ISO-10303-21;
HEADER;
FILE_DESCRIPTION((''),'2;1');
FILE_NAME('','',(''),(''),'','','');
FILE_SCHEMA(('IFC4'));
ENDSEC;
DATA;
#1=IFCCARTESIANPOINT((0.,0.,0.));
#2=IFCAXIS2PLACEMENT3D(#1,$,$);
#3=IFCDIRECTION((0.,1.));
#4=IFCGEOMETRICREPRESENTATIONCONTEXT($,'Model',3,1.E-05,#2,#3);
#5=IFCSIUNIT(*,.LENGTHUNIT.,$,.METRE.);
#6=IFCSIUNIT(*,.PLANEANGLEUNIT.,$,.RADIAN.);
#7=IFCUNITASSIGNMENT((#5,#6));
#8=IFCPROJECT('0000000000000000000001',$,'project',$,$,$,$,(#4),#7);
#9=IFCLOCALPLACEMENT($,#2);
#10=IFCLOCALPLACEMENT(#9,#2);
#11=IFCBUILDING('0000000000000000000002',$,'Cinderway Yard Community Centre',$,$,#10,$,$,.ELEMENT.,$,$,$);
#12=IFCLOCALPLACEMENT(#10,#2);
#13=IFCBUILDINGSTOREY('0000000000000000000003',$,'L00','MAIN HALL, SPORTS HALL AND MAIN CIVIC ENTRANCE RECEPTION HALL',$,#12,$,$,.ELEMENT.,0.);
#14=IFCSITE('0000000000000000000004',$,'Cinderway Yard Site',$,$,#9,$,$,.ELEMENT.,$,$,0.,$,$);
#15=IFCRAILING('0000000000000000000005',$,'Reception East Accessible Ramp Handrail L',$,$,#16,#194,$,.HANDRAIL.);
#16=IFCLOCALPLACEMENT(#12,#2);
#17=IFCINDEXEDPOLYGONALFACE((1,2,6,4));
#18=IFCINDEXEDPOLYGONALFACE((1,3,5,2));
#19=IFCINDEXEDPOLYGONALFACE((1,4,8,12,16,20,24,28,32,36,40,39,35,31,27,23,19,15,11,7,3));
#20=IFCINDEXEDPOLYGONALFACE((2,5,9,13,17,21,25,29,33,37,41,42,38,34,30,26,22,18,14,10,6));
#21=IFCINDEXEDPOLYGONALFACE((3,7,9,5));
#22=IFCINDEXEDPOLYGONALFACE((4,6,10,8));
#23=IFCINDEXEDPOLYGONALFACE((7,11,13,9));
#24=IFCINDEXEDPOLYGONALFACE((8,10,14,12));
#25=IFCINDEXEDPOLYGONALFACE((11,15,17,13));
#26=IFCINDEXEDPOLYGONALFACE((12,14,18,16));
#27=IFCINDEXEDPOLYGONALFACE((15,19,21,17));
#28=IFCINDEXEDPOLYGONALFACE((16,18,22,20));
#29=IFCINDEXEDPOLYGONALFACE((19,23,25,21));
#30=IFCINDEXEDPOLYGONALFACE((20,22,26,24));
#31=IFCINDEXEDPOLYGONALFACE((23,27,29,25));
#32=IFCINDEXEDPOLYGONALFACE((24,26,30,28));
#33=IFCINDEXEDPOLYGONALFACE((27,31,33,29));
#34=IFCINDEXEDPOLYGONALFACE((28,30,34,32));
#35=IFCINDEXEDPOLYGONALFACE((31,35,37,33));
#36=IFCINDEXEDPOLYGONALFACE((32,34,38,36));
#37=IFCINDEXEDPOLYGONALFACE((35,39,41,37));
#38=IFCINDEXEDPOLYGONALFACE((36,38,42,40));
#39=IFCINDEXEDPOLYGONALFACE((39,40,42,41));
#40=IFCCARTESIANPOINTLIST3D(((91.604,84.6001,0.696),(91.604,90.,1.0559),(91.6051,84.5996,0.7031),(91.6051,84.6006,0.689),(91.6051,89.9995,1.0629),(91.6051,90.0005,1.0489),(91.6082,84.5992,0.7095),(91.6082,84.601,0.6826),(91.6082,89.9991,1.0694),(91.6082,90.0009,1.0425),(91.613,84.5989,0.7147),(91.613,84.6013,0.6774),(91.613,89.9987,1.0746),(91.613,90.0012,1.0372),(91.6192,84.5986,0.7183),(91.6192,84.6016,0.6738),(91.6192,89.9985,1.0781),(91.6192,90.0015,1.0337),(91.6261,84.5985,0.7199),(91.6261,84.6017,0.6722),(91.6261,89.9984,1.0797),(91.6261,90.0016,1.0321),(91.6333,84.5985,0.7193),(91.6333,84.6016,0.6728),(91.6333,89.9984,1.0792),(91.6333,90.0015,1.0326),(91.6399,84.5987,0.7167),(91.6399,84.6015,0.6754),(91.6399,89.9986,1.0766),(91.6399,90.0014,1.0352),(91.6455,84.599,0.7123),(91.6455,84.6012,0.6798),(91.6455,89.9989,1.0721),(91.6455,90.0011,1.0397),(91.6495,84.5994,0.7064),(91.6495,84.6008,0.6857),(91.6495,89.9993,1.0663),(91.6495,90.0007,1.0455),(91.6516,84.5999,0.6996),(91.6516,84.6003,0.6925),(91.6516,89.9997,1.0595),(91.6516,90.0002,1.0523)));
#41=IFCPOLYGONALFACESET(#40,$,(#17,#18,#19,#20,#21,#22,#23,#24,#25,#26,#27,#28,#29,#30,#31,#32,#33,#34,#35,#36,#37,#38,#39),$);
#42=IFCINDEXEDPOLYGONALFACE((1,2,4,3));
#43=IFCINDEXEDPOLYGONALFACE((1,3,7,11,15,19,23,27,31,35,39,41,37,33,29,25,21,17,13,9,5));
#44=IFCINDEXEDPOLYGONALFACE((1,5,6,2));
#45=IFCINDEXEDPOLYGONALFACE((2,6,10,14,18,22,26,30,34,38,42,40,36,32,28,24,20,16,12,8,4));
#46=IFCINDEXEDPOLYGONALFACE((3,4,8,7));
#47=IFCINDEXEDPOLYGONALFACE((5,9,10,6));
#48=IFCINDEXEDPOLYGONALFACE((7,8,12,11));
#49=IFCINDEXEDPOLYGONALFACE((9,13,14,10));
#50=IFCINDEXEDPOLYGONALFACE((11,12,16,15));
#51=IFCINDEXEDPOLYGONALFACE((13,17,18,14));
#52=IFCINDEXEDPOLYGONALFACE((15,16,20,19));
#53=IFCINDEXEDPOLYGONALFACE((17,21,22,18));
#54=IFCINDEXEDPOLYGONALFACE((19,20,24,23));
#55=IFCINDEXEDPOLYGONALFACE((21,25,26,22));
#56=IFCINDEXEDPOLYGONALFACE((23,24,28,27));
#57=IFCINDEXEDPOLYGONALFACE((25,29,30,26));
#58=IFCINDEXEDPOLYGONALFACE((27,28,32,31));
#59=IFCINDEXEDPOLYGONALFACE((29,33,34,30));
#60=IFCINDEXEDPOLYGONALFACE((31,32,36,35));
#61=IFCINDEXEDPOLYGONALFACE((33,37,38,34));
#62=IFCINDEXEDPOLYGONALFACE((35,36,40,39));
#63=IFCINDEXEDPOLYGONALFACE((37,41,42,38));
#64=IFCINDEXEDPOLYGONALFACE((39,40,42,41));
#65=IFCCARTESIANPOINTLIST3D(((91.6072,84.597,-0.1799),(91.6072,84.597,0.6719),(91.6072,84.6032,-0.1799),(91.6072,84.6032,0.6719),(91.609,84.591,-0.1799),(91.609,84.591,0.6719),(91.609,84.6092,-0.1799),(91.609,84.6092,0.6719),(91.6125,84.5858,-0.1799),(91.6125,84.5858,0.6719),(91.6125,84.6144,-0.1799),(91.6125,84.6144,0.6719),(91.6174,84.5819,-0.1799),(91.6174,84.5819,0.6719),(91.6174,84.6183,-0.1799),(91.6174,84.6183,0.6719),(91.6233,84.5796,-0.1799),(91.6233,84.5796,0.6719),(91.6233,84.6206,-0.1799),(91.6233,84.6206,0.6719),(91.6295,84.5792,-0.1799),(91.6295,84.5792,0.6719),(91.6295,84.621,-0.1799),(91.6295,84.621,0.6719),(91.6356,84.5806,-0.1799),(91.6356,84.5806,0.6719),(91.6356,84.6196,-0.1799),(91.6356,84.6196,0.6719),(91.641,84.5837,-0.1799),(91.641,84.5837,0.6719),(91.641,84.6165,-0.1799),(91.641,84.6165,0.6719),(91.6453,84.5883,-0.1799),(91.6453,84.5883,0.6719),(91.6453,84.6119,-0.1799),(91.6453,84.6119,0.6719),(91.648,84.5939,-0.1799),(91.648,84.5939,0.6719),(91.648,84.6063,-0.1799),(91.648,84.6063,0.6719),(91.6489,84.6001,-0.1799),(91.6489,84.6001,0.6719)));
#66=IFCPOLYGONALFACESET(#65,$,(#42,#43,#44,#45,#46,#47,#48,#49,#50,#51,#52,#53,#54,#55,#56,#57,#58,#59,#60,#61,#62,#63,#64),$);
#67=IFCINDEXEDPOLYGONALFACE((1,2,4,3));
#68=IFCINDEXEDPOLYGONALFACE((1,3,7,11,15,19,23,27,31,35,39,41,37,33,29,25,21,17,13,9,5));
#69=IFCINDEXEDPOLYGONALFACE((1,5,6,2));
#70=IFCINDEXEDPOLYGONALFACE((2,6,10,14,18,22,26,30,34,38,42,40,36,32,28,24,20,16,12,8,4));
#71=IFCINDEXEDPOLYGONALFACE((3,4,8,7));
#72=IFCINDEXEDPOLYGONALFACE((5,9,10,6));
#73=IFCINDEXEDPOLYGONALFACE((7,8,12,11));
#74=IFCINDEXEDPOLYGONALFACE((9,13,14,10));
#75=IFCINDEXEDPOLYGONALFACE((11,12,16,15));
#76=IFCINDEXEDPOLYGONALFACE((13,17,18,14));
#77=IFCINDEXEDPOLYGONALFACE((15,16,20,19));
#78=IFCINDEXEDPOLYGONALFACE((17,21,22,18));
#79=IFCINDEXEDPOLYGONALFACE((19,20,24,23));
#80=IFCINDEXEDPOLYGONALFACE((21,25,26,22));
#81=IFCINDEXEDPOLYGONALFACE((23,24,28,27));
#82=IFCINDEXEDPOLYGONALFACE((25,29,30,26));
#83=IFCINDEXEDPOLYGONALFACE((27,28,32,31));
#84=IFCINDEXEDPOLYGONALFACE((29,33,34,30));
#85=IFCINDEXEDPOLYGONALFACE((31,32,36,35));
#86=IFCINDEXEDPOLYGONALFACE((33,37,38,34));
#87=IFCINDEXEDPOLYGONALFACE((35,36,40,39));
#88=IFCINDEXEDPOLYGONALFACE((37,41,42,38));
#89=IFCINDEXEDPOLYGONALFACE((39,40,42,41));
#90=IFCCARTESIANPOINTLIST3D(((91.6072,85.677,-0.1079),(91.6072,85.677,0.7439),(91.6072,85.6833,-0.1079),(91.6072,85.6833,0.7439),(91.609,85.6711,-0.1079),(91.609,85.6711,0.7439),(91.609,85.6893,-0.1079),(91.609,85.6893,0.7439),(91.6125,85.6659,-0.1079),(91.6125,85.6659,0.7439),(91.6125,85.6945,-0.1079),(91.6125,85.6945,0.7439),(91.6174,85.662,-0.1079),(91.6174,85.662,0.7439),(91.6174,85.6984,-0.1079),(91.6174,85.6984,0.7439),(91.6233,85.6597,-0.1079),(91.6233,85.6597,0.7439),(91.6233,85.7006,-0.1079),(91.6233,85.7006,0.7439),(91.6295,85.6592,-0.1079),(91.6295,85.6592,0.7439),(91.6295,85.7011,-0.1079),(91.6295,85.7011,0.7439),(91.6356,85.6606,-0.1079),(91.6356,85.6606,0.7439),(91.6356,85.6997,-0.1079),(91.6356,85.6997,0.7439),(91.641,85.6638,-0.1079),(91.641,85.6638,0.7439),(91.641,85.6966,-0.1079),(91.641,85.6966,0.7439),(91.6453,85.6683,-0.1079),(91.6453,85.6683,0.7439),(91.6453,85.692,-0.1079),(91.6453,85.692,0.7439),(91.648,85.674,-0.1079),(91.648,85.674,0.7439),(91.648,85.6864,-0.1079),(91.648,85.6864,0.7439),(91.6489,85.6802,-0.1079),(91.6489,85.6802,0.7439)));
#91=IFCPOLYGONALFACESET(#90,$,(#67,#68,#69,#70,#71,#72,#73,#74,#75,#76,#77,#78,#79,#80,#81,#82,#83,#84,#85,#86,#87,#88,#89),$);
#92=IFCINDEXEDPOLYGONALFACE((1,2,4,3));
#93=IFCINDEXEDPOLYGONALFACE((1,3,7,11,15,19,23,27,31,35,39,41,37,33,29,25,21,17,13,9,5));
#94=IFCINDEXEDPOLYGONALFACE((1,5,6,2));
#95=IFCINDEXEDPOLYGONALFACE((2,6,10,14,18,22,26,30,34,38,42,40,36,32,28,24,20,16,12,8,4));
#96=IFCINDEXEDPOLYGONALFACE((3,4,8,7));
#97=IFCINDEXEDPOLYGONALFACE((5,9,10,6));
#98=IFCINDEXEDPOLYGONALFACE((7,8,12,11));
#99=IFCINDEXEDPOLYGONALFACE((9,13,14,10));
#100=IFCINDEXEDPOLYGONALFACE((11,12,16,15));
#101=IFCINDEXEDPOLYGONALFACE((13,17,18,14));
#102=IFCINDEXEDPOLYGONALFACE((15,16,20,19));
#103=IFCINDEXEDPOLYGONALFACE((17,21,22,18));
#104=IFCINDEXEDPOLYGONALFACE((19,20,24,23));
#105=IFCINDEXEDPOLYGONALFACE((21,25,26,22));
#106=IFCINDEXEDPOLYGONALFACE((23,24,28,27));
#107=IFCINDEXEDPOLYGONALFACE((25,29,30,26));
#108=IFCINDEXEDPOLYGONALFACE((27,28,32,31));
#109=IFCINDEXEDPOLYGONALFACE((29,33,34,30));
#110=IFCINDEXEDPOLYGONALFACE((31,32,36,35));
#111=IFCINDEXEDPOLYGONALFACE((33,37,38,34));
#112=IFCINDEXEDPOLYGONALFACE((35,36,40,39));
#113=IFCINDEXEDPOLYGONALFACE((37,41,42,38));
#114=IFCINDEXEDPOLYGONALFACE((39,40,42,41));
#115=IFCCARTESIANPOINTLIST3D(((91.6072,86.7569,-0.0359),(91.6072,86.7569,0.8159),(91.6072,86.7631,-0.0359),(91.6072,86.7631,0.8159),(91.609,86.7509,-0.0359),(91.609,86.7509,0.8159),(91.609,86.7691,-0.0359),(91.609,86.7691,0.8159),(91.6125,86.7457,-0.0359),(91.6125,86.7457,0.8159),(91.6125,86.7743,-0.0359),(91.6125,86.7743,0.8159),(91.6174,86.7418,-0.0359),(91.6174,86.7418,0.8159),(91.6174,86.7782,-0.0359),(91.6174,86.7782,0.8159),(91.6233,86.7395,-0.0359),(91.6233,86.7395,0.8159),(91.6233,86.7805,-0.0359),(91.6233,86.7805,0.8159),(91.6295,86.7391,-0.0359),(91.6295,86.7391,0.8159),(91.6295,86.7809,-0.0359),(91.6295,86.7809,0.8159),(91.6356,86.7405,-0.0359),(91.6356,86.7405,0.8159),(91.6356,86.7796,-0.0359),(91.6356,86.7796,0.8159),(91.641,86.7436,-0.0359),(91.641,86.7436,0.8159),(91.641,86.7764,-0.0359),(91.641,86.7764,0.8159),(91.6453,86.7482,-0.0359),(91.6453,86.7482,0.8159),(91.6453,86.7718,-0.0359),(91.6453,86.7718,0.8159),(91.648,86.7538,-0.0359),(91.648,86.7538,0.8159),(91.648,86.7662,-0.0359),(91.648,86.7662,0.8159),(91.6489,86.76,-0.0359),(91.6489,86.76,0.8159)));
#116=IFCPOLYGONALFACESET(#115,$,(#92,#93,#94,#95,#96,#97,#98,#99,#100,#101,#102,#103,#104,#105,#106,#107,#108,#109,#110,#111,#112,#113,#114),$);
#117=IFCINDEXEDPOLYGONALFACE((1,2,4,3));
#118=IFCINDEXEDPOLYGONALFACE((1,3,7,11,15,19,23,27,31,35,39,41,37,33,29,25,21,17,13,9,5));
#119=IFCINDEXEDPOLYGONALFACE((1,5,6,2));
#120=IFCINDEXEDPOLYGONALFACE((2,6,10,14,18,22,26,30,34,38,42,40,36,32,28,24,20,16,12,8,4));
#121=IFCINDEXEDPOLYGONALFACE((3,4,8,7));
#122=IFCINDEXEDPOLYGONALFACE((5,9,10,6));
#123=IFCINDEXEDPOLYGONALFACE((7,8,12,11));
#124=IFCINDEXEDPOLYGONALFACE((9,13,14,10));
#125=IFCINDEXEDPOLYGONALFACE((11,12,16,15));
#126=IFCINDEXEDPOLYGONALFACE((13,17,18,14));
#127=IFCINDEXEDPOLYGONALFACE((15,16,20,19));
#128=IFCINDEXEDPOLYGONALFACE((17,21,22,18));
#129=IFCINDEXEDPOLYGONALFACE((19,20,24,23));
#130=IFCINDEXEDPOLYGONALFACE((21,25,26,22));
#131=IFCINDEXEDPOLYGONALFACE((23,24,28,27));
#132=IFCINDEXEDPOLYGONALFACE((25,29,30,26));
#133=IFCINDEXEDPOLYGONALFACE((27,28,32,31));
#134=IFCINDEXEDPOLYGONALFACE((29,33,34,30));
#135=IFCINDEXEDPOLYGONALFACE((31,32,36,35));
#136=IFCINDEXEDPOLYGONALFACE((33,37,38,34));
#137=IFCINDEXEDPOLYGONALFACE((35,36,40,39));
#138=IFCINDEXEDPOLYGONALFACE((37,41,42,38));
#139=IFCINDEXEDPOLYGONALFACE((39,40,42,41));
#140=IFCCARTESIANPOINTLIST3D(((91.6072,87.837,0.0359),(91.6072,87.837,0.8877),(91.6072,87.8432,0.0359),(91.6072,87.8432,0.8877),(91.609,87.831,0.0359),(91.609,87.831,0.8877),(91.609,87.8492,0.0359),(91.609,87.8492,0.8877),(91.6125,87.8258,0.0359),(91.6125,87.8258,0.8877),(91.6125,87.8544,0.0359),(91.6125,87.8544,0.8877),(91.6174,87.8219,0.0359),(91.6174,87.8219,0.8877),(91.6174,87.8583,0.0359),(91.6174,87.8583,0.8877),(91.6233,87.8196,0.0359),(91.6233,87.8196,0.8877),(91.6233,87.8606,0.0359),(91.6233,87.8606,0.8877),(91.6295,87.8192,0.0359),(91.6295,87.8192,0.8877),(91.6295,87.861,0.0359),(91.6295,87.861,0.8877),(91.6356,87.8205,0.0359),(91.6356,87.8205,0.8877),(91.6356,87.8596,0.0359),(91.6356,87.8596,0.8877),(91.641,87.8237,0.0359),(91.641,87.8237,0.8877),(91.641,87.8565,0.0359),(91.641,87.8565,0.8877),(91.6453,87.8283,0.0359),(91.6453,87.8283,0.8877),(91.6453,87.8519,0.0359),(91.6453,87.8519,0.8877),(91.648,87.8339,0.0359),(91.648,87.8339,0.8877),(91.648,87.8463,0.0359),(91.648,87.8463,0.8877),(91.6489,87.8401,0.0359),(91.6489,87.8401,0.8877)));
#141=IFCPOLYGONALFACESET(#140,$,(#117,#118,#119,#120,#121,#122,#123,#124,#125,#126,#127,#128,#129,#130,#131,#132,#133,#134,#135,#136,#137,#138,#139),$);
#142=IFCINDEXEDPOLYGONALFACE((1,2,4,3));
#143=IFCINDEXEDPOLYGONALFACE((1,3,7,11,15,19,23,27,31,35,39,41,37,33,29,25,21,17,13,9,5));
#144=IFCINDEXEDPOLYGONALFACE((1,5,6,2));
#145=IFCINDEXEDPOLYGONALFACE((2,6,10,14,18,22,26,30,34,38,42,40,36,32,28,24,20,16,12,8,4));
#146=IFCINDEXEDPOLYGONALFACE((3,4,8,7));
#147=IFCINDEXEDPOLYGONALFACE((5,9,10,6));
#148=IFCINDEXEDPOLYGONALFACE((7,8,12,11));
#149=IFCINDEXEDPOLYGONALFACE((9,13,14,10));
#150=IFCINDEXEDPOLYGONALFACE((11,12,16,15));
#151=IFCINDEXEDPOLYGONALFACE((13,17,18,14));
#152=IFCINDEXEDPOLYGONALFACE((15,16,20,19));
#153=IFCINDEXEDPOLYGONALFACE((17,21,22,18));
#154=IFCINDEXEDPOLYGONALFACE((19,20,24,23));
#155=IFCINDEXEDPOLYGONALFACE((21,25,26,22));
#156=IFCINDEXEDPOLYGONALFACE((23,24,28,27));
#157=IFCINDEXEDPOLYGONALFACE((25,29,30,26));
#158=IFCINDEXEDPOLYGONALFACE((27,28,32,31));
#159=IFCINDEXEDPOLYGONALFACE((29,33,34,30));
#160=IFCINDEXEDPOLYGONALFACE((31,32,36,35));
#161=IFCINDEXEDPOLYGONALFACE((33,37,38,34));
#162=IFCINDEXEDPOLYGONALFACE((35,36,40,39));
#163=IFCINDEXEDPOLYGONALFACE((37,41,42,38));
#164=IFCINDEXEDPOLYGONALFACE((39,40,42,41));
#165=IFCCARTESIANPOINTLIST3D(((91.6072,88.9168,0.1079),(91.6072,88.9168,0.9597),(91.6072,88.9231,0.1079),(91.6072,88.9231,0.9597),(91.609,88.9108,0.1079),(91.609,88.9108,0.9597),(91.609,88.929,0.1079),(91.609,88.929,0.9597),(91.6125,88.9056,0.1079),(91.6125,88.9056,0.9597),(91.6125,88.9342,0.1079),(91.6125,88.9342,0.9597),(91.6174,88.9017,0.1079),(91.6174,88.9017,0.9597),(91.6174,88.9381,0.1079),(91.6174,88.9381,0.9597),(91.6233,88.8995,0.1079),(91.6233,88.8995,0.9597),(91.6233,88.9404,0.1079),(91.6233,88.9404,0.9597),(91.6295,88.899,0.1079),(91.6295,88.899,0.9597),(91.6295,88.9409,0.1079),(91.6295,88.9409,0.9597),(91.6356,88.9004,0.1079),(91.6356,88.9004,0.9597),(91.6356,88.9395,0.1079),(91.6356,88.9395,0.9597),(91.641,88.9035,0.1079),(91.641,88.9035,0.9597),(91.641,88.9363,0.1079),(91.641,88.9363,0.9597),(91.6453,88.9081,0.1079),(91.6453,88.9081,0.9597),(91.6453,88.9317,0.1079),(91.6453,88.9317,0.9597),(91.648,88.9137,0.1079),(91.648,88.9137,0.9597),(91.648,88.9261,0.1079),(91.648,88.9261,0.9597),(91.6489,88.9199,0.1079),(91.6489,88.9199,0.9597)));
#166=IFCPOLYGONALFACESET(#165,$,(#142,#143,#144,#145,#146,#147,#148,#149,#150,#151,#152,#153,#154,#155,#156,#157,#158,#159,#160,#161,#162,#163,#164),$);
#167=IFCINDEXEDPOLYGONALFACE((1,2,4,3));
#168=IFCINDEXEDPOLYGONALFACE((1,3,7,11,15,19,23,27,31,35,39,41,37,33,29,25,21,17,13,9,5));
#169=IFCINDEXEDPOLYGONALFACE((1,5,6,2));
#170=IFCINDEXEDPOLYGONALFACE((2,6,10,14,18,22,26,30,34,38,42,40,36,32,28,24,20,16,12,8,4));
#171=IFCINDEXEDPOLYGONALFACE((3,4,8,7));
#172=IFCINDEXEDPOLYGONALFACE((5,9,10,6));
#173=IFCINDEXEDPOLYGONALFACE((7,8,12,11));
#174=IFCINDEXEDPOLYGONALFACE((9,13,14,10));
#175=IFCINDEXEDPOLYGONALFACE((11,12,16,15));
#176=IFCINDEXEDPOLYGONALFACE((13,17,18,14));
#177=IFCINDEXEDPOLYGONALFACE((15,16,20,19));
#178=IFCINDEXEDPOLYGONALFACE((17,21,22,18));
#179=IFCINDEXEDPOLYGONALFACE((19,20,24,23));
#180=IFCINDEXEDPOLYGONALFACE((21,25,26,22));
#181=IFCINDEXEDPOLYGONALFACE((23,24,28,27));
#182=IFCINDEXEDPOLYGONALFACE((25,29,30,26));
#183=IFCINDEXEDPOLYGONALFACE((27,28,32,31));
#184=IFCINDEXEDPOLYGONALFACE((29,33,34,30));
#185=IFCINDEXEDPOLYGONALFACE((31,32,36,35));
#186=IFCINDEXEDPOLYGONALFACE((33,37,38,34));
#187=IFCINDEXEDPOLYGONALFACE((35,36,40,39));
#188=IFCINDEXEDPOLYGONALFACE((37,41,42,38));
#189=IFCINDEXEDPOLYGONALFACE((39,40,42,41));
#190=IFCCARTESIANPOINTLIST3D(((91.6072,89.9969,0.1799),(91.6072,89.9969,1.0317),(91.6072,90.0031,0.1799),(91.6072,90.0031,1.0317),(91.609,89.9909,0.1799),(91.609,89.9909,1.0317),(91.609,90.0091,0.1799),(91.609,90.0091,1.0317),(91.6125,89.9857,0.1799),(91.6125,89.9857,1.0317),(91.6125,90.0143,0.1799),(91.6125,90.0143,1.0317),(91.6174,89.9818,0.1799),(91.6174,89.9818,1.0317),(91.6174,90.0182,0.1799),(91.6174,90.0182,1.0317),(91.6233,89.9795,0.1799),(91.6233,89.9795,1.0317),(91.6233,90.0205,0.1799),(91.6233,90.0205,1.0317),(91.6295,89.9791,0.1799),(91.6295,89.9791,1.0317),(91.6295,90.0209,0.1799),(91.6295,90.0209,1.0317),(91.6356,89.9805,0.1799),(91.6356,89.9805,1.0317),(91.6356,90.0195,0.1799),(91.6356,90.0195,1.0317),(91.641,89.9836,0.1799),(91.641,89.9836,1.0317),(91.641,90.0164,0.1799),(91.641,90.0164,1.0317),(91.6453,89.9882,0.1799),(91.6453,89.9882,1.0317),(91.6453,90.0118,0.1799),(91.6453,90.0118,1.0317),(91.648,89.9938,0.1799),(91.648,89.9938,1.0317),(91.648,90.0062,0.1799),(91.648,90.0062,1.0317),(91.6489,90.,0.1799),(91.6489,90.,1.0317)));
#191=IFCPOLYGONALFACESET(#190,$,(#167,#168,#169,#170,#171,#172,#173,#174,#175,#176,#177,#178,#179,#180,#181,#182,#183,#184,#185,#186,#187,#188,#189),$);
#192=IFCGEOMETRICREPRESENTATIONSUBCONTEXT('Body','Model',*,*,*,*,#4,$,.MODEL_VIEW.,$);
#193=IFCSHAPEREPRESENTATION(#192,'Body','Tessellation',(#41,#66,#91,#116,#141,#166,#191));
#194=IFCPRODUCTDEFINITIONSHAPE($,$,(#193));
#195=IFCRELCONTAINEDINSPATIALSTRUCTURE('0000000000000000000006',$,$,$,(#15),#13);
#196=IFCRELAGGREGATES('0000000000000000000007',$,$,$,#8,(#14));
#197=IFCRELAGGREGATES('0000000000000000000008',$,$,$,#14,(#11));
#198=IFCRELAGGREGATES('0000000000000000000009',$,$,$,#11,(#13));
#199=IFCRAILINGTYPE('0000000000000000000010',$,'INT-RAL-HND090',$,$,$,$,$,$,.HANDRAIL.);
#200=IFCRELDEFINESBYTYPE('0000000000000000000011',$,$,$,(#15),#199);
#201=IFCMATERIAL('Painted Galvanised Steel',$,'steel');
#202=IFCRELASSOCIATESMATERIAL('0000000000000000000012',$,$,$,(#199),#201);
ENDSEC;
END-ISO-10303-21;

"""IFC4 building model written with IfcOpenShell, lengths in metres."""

from ifc_helpers import new_model, si_unit, direction, frame, origin, origin_2d, place, context, subcontext, project, spatial, circle, extrude, material, type_object, element, save


model = new_model("IFC4")

# Units and contexts
model_context = context("Model", 3, precision=1e-05, world=origin(), true_north=direction((0.0, 1.0)))
body_context = subcontext(model_context, "Body", "Model", "MODEL_VIEW")
ifc_project = project(units=[si_unit("LENGTHUNIT", "METRE"), si_unit("PLANEANGLEUNIT", "RADIAN")], contexts=[model_context])

# Site, building, storey
site_placement = place(None, origin())
site = spatial("IfcSite", under=ifc_project, at=site_placement, Name="Cinderway Yard Site", CompositionType="ELEMENT", RefElevation=0.0)
building_placement = place(site_placement, origin())
building = spatial("IfcBuilding", under=site, at=building_placement, Name="Cinderway Yard Community Centre", CompositionType="ELEMENT")
storey_placement = place(building_placement, origin())
storey = spatial("IfcBuildingStorey", under=building, at=storey_placement, Name="L00", Description="MAIN HALL, SPORTS HALL AND MAIN CIVIC ENTRANCE RECEPTION HALL", CompositionType="ELEMENT", Elevation=0.0)

# Railing
ifc_material_1 = material(Name="Painted Galvanised Steel", Category="steel")
railing_type = type_object("IfcRailingType", Name="INT-RAL-HND090", PredefinedType="HANDRAIL", material=ifc_material_1)
for number, where, name in (
    (1, (91.6279, 84.6001, -0.1799), "Reception East Accessible Ramp Handrail L"),
):
    element("IfcRailing", number, at=place(storey_placement, frame(where)), inside=storey, type_object=railing_type, Name=name, PredefinedType="HANDRAIL", context=body_context, shape_type="SweptSolid", body=[
        extrude(circle(Radius=0.0239, at=origin_2d()), frame((0.0, 0.0, 0.876), z_axis=(0.0, 0.997787, 0.066495), x_axis=(-1.0, 0.0, 0.0)), (0.0, 0.0, 1.0), 5.4119),
        extrude(circle(Radius=0.021, at=origin_2d()), origin(), (0.0, 0.0, 1.0), 0.8518),
        extrude(circle(Radius=0.021, at=origin_2d()), frame((0.0, 1.0801, 0.072)), (0.0, 0.0, 1.0), 0.8518),
        extrude(circle(Radius=0.021, at=origin_2d()), frame((0.0, 2.1599, 0.144)), (0.0, 0.0, 1.0), 0.8518),
        extrude(circle(Radius=0.021, at=origin_2d()), frame((0.0, 3.24, 0.2158)), (0.0, 0.0, 1.0), 0.8518),
        extrude(circle(Radius=0.021, at=origin_2d()), frame((0.0, 4.3198, 0.2878)), (0.0, 0.0, 1.0), 0.8518),
        extrude(circle(Radius=0.021, at=origin_2d()), frame((0.0, 5.3999, 0.3599)), (0.0, 0.0, 1.0), 0.8518),
    ])

save(model, "model.ifc")
